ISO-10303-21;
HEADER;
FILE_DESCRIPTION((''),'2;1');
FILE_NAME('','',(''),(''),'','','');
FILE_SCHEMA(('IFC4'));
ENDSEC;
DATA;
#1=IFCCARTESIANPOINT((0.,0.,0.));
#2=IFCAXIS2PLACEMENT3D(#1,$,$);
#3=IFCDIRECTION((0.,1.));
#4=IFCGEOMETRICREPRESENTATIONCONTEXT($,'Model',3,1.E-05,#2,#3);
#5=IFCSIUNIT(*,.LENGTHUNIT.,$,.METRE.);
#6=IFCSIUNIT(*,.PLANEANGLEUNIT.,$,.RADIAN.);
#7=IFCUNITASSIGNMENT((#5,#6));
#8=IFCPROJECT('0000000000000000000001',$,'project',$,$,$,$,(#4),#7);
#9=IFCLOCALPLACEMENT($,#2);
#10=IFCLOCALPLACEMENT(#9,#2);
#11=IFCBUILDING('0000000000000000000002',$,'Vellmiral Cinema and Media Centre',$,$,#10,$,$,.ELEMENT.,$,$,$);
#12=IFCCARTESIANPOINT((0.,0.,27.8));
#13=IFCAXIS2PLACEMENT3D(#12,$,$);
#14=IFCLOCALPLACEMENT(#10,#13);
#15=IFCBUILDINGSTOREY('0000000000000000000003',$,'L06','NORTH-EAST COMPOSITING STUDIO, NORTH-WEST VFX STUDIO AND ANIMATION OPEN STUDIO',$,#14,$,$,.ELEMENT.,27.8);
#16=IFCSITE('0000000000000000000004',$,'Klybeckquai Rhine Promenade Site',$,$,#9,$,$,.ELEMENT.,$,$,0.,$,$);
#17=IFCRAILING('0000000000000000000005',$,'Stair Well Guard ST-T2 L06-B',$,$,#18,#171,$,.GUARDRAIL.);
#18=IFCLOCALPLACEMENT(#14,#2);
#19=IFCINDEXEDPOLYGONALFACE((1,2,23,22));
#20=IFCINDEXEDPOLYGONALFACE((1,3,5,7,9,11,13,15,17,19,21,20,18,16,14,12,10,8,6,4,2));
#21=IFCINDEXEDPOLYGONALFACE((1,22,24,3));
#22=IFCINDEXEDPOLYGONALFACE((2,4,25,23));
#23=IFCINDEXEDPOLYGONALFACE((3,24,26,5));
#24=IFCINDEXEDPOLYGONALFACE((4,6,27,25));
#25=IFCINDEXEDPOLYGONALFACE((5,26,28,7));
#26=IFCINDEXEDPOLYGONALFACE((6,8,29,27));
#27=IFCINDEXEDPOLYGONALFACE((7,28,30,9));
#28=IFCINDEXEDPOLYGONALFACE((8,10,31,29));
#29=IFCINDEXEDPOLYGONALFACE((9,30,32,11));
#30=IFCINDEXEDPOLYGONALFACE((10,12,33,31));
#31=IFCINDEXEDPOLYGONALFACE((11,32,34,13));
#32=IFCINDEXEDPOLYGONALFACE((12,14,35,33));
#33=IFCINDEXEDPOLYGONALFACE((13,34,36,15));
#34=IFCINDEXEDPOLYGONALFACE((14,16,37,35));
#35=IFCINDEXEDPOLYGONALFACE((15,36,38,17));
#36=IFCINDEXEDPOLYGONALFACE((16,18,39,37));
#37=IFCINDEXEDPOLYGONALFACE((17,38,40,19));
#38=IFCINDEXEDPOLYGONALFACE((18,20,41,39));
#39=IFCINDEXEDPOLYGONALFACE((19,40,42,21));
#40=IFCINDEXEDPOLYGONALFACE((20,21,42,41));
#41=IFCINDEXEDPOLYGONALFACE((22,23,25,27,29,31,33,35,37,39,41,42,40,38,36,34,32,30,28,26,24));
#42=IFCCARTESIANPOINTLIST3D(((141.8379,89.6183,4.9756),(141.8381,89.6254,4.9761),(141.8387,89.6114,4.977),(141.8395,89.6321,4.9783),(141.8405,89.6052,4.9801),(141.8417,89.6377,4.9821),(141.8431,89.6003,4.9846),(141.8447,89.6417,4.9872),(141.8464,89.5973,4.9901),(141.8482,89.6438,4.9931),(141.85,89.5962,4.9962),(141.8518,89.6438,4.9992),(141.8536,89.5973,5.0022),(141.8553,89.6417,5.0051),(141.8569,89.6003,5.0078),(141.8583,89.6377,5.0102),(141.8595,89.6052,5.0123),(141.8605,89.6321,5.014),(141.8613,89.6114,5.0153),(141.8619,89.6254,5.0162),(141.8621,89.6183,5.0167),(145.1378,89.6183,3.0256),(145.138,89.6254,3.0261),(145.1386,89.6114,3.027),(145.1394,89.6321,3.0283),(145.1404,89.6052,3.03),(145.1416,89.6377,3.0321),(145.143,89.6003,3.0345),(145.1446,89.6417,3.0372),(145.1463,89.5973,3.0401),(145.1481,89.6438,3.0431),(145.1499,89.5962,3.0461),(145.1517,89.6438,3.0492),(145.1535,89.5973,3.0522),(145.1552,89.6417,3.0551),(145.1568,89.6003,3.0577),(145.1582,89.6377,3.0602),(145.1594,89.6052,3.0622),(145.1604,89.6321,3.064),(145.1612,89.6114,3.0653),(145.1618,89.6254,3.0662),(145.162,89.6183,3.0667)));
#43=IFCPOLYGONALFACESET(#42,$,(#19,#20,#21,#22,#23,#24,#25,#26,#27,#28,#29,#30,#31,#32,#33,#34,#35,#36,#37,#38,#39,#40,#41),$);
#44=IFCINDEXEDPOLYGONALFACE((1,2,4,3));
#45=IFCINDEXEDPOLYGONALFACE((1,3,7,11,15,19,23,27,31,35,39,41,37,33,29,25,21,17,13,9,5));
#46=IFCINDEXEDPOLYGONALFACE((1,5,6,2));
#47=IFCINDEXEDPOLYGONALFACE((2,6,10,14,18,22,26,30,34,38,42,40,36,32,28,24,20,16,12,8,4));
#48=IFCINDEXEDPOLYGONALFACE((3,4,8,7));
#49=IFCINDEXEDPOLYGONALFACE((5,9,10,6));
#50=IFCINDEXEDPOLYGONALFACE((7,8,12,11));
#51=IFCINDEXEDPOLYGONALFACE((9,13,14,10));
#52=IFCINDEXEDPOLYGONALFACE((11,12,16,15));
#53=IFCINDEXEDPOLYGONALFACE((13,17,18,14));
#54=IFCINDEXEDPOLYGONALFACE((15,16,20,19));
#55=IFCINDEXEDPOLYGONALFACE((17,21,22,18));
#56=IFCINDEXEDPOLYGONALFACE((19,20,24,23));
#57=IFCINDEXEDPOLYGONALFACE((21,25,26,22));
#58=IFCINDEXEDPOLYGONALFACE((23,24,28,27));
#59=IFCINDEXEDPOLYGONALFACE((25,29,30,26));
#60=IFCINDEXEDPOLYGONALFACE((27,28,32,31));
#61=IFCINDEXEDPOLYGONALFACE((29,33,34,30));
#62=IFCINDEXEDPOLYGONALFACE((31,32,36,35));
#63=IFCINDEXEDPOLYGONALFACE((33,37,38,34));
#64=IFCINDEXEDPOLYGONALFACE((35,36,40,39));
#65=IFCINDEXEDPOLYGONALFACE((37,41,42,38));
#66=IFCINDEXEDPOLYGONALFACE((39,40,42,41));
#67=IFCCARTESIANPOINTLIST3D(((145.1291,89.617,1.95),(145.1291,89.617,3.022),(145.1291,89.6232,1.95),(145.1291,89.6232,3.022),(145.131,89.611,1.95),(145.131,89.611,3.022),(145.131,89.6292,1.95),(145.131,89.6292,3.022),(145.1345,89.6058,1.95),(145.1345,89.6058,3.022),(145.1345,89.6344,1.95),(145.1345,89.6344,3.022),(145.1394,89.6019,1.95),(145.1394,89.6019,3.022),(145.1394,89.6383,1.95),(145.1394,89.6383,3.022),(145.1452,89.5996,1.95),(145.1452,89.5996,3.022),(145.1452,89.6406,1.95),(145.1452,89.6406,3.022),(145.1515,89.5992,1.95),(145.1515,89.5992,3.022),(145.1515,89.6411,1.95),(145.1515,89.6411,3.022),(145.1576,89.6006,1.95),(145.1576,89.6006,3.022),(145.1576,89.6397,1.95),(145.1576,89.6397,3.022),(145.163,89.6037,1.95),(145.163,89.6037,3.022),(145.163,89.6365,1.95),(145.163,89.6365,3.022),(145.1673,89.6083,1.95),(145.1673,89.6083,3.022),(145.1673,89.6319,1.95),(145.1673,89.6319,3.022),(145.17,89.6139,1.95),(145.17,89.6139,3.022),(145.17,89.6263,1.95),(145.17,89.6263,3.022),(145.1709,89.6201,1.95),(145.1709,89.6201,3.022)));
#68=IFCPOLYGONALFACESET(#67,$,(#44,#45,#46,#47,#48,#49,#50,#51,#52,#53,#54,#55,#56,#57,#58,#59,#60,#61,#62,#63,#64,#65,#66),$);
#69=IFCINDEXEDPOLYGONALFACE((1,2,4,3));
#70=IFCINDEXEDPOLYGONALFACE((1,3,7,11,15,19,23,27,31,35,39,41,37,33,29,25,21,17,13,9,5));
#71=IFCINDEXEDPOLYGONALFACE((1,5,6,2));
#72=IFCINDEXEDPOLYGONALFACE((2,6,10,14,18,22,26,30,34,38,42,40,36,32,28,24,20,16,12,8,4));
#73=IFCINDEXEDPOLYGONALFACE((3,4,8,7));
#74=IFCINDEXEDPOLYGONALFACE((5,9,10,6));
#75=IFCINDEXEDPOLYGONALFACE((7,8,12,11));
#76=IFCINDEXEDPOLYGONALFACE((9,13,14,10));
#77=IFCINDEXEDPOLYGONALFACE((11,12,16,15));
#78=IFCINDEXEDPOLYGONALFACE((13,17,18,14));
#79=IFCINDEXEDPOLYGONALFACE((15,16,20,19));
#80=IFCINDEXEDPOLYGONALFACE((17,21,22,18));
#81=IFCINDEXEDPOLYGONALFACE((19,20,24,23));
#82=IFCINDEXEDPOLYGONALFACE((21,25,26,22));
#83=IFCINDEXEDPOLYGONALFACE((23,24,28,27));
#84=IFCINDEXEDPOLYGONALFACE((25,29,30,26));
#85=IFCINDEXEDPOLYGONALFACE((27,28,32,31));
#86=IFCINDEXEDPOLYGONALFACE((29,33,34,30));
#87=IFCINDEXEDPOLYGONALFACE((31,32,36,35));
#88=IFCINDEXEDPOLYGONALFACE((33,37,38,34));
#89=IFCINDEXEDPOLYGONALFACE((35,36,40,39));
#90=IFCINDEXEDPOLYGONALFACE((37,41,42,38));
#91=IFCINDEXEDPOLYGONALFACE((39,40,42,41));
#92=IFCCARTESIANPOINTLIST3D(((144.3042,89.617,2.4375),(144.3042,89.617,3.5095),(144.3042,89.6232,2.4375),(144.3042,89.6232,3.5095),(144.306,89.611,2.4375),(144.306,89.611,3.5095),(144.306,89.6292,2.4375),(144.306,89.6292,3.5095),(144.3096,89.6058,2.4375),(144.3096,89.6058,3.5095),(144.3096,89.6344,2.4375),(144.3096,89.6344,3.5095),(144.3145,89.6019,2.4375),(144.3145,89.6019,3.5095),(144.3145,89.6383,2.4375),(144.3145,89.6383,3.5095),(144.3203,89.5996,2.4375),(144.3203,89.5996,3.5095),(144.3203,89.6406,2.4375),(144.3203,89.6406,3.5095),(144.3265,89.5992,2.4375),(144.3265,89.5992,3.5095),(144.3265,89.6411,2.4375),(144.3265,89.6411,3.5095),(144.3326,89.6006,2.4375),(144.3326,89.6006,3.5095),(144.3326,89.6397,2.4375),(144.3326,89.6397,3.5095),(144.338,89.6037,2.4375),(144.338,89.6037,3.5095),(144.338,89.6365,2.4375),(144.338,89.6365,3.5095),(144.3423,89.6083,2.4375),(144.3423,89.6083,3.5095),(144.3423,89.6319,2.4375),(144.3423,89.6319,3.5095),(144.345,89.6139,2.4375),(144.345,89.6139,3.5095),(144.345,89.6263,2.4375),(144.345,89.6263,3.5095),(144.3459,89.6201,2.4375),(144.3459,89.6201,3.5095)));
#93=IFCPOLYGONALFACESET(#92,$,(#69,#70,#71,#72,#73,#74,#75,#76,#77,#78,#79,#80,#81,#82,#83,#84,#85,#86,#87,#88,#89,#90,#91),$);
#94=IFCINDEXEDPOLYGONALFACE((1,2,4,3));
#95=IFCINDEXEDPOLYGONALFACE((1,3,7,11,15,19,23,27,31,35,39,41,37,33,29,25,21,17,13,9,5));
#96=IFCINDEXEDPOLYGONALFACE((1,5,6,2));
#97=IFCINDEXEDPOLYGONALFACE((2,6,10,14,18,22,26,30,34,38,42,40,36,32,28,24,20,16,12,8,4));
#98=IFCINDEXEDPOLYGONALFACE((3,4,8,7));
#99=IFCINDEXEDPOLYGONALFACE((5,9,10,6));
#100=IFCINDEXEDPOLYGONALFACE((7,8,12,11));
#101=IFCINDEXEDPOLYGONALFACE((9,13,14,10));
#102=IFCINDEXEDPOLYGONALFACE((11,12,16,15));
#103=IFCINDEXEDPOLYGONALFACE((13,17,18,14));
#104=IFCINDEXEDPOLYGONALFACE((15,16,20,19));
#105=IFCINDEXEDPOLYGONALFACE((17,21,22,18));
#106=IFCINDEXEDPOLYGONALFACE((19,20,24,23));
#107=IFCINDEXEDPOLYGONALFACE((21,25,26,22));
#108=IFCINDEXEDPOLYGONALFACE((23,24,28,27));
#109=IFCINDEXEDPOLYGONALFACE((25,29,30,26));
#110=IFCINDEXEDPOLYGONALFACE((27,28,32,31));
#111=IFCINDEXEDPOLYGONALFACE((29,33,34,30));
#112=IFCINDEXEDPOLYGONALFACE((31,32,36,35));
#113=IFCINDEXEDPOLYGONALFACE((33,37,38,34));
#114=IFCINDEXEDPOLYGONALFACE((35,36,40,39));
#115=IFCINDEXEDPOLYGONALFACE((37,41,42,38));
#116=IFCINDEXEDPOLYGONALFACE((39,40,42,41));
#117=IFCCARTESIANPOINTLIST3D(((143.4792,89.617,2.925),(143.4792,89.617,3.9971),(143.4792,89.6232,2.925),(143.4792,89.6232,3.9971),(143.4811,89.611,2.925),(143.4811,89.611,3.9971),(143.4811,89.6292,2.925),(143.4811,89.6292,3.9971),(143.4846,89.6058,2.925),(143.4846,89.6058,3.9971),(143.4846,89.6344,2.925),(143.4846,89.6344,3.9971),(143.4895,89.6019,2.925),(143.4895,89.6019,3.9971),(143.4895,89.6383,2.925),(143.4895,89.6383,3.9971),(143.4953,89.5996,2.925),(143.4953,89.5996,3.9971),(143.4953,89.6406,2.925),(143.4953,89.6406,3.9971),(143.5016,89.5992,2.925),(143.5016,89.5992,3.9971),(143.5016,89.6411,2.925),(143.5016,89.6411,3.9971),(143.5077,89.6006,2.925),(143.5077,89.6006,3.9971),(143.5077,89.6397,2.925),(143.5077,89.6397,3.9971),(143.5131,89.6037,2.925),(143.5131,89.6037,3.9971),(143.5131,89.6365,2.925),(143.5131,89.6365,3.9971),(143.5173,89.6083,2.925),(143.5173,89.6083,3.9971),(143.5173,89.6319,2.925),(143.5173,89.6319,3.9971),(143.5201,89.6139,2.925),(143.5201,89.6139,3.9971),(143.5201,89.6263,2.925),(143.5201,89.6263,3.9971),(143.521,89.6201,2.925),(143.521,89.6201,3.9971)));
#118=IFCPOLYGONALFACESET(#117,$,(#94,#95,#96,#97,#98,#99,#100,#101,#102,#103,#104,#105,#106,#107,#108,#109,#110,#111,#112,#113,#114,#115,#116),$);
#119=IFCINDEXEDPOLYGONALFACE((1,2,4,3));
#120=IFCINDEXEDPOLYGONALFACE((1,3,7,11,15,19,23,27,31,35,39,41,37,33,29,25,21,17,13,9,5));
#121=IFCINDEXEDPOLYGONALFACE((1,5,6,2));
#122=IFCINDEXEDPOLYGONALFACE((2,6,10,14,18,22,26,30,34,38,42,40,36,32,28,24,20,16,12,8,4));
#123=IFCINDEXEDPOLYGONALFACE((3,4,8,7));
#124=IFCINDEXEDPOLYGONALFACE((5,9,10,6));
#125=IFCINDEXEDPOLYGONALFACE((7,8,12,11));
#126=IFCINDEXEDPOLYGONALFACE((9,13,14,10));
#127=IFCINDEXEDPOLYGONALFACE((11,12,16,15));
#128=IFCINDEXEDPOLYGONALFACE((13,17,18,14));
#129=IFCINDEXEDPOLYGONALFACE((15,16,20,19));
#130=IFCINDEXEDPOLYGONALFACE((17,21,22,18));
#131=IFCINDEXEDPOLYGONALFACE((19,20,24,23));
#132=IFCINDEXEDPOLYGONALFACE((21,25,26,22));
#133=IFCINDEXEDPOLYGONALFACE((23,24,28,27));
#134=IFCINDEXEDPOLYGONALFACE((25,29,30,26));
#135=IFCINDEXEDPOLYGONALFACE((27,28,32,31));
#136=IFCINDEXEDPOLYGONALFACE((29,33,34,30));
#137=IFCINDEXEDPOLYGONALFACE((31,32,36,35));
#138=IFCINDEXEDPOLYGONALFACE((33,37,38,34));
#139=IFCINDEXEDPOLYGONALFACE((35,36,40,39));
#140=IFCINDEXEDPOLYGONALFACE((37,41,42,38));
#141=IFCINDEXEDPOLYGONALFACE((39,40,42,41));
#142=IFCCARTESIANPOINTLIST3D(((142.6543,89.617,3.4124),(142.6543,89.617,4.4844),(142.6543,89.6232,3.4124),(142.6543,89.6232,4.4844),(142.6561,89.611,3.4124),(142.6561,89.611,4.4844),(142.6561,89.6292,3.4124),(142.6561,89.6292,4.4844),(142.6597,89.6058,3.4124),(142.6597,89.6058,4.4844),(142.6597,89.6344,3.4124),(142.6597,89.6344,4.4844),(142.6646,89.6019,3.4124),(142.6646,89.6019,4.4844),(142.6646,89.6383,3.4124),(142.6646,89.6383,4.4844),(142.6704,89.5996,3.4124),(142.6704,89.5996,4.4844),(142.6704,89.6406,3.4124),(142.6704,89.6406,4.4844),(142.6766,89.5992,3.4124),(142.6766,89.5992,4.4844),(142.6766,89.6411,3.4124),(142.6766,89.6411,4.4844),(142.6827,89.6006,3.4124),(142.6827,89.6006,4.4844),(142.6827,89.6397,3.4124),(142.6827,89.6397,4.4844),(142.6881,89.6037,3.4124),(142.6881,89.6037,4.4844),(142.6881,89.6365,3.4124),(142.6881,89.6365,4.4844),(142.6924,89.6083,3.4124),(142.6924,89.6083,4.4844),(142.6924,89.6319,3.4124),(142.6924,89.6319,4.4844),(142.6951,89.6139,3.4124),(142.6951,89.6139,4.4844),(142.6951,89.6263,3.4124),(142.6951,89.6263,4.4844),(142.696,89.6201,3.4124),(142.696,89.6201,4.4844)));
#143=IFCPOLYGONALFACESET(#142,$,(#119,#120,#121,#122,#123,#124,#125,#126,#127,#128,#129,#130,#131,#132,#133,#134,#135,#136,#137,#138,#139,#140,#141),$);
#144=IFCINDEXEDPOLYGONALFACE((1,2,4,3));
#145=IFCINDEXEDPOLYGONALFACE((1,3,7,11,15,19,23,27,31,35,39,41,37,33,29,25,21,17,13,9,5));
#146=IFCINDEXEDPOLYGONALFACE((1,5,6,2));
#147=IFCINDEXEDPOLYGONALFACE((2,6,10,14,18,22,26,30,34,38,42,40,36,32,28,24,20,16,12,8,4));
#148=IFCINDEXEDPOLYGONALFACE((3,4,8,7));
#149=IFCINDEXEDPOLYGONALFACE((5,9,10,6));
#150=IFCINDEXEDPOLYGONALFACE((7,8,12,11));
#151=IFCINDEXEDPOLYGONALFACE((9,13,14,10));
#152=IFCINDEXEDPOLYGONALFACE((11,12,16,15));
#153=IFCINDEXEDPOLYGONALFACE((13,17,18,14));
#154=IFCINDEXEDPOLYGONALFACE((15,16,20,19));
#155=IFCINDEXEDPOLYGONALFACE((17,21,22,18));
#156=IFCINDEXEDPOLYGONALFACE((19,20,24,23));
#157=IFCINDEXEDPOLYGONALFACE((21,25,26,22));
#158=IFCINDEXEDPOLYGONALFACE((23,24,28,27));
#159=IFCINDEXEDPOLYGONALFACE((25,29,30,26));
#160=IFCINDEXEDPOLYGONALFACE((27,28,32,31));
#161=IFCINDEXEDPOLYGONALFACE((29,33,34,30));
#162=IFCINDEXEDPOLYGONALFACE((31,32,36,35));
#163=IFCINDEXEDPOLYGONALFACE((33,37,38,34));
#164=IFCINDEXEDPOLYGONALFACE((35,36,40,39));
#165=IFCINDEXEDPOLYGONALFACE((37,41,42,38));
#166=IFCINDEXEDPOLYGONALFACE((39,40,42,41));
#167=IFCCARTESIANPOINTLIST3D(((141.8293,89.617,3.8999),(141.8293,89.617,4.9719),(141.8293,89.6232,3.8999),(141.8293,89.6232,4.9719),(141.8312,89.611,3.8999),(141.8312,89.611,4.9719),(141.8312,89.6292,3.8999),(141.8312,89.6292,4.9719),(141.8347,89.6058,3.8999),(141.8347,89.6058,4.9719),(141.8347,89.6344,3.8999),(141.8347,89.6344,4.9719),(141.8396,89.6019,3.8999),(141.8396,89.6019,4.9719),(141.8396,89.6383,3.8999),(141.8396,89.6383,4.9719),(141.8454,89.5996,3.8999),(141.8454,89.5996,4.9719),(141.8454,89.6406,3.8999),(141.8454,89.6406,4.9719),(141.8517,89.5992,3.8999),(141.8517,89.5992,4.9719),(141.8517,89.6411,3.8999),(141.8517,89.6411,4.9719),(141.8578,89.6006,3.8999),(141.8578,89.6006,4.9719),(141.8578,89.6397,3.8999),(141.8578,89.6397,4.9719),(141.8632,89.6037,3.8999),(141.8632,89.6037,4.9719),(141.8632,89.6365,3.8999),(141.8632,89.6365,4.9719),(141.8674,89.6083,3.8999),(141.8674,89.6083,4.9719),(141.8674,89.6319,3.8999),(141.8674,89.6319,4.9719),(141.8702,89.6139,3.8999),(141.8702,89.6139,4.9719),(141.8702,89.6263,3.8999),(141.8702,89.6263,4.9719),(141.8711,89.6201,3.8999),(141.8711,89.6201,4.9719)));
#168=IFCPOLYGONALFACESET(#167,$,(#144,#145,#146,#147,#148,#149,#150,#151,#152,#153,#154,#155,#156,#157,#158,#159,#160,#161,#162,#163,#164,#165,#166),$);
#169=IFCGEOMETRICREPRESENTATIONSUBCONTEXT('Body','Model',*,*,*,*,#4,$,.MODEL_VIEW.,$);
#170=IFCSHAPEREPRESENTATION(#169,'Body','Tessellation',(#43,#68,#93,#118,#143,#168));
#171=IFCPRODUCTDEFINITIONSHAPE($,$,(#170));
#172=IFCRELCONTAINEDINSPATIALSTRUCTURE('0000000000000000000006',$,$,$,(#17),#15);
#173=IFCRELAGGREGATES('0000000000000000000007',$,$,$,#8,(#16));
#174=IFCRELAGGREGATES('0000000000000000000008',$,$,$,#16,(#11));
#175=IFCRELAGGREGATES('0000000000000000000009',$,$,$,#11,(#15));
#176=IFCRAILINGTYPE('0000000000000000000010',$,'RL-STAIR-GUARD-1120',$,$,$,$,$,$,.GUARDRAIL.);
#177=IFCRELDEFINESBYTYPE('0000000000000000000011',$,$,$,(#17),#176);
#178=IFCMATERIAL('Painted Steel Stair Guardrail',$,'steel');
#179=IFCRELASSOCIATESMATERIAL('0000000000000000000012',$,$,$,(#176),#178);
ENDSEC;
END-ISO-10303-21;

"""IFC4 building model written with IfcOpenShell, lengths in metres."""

from ifc_helpers import new_model, si_unit, direction, frame, origin, origin_2d, place, context, subcontext, project, spatial, circle, extrude, material, type_object, element, save


model = new_model("IFC4")

# Units and contexts
model_context = context("Model", 3, precision=1e-05, world=origin(), true_north=direction((0.0, 1.0)))
body_context = subcontext(model_context, "Body", "Model", "MODEL_VIEW")
ifc_project = project(units=[si_unit("LENGTHUNIT", "METRE"), si_unit("PLANEANGLEUNIT", "RADIAN")], contexts=[model_context])

# Site, building, storey
site_placement = place(None, origin())
site = spatial("IfcSite", under=ifc_project, at=site_placement, Name="Klybeckquai Rhine Promenade Site", CompositionType="ELEMENT", RefElevation=0.0)
building_placement = place(site_placement, origin())
building = spatial("IfcBuilding", under=site, at=building_placement, Name="Vellmiral Cinema and Media Centre", CompositionType="ELEMENT")
storey_placement = place(building_placement, frame((0.0, 0.0, 27.8)))
storey = spatial("IfcBuildingStorey", under=building, at=storey_placement, Name="L06", Description="NORTH-EAST COMPOSITING STUDIO, NORTH-WEST VFX STUDIO AND ANIMATION OPEN STUDIO", CompositionType="ELEMENT", Elevation=27.8)

# Railing
ifc_material_1 = material(Name="Painted Steel Stair Guardrail", Category="steel")
railing_type_1 = type_object("IfcRailingType", Name="RL-STAIR-GUARD-1120", PredefinedType="GUARDRAIL", material=ifc_material_1)
railing_1_placement = place(storey_placement, frame((145.1499, 89.6201, 1.95)))
element("IfcRailing", 1, at=railing_1_placement, inside=storey, type_object=railing_type_1, Name="Stair Well Guard ST-T2 L06-B", PredefinedType="GUARDRAIL", context=body_context, shape_type="SweptSolid", body=[
    extrude(circle(Radius=0.0239, at=origin_2d()), frame((0.0, 0.0, 1.0962), z_axis=(-0.860919, 0.0, 0.508742), x_axis=(0.0, -1.0, 0.0)), (0.0, 0.0, 1.0), 3.833),
    extrude(circle(Radius=0.021, at=origin_2d()), origin(), (0.0, 0.0, 1.0), 1.072),
    extrude(circle(Radius=0.021, at=origin_2d()), frame((-0.825, 0.0, 0.4875)), (0.0, 0.0, 1.0), 1.072),
    extrude(circle(Radius=0.021, at=origin_2d()), frame((-1.6499, 0.0, 0.9751)), (0.0, 0.0, 1.0), 1.072),
    extrude(circle(Radius=0.021, at=origin_2d()), frame((-2.4749, 0.0, 1.4624)), (0.0, 0.0, 1.0), 1.072),
    extrude(circle(Radius=0.021, at=origin_2d()), frame((-3.2998, 0.0, 1.95)), (0.0, 0.0, 1.0), 1.072),
])

save(model, "model.ifc")
